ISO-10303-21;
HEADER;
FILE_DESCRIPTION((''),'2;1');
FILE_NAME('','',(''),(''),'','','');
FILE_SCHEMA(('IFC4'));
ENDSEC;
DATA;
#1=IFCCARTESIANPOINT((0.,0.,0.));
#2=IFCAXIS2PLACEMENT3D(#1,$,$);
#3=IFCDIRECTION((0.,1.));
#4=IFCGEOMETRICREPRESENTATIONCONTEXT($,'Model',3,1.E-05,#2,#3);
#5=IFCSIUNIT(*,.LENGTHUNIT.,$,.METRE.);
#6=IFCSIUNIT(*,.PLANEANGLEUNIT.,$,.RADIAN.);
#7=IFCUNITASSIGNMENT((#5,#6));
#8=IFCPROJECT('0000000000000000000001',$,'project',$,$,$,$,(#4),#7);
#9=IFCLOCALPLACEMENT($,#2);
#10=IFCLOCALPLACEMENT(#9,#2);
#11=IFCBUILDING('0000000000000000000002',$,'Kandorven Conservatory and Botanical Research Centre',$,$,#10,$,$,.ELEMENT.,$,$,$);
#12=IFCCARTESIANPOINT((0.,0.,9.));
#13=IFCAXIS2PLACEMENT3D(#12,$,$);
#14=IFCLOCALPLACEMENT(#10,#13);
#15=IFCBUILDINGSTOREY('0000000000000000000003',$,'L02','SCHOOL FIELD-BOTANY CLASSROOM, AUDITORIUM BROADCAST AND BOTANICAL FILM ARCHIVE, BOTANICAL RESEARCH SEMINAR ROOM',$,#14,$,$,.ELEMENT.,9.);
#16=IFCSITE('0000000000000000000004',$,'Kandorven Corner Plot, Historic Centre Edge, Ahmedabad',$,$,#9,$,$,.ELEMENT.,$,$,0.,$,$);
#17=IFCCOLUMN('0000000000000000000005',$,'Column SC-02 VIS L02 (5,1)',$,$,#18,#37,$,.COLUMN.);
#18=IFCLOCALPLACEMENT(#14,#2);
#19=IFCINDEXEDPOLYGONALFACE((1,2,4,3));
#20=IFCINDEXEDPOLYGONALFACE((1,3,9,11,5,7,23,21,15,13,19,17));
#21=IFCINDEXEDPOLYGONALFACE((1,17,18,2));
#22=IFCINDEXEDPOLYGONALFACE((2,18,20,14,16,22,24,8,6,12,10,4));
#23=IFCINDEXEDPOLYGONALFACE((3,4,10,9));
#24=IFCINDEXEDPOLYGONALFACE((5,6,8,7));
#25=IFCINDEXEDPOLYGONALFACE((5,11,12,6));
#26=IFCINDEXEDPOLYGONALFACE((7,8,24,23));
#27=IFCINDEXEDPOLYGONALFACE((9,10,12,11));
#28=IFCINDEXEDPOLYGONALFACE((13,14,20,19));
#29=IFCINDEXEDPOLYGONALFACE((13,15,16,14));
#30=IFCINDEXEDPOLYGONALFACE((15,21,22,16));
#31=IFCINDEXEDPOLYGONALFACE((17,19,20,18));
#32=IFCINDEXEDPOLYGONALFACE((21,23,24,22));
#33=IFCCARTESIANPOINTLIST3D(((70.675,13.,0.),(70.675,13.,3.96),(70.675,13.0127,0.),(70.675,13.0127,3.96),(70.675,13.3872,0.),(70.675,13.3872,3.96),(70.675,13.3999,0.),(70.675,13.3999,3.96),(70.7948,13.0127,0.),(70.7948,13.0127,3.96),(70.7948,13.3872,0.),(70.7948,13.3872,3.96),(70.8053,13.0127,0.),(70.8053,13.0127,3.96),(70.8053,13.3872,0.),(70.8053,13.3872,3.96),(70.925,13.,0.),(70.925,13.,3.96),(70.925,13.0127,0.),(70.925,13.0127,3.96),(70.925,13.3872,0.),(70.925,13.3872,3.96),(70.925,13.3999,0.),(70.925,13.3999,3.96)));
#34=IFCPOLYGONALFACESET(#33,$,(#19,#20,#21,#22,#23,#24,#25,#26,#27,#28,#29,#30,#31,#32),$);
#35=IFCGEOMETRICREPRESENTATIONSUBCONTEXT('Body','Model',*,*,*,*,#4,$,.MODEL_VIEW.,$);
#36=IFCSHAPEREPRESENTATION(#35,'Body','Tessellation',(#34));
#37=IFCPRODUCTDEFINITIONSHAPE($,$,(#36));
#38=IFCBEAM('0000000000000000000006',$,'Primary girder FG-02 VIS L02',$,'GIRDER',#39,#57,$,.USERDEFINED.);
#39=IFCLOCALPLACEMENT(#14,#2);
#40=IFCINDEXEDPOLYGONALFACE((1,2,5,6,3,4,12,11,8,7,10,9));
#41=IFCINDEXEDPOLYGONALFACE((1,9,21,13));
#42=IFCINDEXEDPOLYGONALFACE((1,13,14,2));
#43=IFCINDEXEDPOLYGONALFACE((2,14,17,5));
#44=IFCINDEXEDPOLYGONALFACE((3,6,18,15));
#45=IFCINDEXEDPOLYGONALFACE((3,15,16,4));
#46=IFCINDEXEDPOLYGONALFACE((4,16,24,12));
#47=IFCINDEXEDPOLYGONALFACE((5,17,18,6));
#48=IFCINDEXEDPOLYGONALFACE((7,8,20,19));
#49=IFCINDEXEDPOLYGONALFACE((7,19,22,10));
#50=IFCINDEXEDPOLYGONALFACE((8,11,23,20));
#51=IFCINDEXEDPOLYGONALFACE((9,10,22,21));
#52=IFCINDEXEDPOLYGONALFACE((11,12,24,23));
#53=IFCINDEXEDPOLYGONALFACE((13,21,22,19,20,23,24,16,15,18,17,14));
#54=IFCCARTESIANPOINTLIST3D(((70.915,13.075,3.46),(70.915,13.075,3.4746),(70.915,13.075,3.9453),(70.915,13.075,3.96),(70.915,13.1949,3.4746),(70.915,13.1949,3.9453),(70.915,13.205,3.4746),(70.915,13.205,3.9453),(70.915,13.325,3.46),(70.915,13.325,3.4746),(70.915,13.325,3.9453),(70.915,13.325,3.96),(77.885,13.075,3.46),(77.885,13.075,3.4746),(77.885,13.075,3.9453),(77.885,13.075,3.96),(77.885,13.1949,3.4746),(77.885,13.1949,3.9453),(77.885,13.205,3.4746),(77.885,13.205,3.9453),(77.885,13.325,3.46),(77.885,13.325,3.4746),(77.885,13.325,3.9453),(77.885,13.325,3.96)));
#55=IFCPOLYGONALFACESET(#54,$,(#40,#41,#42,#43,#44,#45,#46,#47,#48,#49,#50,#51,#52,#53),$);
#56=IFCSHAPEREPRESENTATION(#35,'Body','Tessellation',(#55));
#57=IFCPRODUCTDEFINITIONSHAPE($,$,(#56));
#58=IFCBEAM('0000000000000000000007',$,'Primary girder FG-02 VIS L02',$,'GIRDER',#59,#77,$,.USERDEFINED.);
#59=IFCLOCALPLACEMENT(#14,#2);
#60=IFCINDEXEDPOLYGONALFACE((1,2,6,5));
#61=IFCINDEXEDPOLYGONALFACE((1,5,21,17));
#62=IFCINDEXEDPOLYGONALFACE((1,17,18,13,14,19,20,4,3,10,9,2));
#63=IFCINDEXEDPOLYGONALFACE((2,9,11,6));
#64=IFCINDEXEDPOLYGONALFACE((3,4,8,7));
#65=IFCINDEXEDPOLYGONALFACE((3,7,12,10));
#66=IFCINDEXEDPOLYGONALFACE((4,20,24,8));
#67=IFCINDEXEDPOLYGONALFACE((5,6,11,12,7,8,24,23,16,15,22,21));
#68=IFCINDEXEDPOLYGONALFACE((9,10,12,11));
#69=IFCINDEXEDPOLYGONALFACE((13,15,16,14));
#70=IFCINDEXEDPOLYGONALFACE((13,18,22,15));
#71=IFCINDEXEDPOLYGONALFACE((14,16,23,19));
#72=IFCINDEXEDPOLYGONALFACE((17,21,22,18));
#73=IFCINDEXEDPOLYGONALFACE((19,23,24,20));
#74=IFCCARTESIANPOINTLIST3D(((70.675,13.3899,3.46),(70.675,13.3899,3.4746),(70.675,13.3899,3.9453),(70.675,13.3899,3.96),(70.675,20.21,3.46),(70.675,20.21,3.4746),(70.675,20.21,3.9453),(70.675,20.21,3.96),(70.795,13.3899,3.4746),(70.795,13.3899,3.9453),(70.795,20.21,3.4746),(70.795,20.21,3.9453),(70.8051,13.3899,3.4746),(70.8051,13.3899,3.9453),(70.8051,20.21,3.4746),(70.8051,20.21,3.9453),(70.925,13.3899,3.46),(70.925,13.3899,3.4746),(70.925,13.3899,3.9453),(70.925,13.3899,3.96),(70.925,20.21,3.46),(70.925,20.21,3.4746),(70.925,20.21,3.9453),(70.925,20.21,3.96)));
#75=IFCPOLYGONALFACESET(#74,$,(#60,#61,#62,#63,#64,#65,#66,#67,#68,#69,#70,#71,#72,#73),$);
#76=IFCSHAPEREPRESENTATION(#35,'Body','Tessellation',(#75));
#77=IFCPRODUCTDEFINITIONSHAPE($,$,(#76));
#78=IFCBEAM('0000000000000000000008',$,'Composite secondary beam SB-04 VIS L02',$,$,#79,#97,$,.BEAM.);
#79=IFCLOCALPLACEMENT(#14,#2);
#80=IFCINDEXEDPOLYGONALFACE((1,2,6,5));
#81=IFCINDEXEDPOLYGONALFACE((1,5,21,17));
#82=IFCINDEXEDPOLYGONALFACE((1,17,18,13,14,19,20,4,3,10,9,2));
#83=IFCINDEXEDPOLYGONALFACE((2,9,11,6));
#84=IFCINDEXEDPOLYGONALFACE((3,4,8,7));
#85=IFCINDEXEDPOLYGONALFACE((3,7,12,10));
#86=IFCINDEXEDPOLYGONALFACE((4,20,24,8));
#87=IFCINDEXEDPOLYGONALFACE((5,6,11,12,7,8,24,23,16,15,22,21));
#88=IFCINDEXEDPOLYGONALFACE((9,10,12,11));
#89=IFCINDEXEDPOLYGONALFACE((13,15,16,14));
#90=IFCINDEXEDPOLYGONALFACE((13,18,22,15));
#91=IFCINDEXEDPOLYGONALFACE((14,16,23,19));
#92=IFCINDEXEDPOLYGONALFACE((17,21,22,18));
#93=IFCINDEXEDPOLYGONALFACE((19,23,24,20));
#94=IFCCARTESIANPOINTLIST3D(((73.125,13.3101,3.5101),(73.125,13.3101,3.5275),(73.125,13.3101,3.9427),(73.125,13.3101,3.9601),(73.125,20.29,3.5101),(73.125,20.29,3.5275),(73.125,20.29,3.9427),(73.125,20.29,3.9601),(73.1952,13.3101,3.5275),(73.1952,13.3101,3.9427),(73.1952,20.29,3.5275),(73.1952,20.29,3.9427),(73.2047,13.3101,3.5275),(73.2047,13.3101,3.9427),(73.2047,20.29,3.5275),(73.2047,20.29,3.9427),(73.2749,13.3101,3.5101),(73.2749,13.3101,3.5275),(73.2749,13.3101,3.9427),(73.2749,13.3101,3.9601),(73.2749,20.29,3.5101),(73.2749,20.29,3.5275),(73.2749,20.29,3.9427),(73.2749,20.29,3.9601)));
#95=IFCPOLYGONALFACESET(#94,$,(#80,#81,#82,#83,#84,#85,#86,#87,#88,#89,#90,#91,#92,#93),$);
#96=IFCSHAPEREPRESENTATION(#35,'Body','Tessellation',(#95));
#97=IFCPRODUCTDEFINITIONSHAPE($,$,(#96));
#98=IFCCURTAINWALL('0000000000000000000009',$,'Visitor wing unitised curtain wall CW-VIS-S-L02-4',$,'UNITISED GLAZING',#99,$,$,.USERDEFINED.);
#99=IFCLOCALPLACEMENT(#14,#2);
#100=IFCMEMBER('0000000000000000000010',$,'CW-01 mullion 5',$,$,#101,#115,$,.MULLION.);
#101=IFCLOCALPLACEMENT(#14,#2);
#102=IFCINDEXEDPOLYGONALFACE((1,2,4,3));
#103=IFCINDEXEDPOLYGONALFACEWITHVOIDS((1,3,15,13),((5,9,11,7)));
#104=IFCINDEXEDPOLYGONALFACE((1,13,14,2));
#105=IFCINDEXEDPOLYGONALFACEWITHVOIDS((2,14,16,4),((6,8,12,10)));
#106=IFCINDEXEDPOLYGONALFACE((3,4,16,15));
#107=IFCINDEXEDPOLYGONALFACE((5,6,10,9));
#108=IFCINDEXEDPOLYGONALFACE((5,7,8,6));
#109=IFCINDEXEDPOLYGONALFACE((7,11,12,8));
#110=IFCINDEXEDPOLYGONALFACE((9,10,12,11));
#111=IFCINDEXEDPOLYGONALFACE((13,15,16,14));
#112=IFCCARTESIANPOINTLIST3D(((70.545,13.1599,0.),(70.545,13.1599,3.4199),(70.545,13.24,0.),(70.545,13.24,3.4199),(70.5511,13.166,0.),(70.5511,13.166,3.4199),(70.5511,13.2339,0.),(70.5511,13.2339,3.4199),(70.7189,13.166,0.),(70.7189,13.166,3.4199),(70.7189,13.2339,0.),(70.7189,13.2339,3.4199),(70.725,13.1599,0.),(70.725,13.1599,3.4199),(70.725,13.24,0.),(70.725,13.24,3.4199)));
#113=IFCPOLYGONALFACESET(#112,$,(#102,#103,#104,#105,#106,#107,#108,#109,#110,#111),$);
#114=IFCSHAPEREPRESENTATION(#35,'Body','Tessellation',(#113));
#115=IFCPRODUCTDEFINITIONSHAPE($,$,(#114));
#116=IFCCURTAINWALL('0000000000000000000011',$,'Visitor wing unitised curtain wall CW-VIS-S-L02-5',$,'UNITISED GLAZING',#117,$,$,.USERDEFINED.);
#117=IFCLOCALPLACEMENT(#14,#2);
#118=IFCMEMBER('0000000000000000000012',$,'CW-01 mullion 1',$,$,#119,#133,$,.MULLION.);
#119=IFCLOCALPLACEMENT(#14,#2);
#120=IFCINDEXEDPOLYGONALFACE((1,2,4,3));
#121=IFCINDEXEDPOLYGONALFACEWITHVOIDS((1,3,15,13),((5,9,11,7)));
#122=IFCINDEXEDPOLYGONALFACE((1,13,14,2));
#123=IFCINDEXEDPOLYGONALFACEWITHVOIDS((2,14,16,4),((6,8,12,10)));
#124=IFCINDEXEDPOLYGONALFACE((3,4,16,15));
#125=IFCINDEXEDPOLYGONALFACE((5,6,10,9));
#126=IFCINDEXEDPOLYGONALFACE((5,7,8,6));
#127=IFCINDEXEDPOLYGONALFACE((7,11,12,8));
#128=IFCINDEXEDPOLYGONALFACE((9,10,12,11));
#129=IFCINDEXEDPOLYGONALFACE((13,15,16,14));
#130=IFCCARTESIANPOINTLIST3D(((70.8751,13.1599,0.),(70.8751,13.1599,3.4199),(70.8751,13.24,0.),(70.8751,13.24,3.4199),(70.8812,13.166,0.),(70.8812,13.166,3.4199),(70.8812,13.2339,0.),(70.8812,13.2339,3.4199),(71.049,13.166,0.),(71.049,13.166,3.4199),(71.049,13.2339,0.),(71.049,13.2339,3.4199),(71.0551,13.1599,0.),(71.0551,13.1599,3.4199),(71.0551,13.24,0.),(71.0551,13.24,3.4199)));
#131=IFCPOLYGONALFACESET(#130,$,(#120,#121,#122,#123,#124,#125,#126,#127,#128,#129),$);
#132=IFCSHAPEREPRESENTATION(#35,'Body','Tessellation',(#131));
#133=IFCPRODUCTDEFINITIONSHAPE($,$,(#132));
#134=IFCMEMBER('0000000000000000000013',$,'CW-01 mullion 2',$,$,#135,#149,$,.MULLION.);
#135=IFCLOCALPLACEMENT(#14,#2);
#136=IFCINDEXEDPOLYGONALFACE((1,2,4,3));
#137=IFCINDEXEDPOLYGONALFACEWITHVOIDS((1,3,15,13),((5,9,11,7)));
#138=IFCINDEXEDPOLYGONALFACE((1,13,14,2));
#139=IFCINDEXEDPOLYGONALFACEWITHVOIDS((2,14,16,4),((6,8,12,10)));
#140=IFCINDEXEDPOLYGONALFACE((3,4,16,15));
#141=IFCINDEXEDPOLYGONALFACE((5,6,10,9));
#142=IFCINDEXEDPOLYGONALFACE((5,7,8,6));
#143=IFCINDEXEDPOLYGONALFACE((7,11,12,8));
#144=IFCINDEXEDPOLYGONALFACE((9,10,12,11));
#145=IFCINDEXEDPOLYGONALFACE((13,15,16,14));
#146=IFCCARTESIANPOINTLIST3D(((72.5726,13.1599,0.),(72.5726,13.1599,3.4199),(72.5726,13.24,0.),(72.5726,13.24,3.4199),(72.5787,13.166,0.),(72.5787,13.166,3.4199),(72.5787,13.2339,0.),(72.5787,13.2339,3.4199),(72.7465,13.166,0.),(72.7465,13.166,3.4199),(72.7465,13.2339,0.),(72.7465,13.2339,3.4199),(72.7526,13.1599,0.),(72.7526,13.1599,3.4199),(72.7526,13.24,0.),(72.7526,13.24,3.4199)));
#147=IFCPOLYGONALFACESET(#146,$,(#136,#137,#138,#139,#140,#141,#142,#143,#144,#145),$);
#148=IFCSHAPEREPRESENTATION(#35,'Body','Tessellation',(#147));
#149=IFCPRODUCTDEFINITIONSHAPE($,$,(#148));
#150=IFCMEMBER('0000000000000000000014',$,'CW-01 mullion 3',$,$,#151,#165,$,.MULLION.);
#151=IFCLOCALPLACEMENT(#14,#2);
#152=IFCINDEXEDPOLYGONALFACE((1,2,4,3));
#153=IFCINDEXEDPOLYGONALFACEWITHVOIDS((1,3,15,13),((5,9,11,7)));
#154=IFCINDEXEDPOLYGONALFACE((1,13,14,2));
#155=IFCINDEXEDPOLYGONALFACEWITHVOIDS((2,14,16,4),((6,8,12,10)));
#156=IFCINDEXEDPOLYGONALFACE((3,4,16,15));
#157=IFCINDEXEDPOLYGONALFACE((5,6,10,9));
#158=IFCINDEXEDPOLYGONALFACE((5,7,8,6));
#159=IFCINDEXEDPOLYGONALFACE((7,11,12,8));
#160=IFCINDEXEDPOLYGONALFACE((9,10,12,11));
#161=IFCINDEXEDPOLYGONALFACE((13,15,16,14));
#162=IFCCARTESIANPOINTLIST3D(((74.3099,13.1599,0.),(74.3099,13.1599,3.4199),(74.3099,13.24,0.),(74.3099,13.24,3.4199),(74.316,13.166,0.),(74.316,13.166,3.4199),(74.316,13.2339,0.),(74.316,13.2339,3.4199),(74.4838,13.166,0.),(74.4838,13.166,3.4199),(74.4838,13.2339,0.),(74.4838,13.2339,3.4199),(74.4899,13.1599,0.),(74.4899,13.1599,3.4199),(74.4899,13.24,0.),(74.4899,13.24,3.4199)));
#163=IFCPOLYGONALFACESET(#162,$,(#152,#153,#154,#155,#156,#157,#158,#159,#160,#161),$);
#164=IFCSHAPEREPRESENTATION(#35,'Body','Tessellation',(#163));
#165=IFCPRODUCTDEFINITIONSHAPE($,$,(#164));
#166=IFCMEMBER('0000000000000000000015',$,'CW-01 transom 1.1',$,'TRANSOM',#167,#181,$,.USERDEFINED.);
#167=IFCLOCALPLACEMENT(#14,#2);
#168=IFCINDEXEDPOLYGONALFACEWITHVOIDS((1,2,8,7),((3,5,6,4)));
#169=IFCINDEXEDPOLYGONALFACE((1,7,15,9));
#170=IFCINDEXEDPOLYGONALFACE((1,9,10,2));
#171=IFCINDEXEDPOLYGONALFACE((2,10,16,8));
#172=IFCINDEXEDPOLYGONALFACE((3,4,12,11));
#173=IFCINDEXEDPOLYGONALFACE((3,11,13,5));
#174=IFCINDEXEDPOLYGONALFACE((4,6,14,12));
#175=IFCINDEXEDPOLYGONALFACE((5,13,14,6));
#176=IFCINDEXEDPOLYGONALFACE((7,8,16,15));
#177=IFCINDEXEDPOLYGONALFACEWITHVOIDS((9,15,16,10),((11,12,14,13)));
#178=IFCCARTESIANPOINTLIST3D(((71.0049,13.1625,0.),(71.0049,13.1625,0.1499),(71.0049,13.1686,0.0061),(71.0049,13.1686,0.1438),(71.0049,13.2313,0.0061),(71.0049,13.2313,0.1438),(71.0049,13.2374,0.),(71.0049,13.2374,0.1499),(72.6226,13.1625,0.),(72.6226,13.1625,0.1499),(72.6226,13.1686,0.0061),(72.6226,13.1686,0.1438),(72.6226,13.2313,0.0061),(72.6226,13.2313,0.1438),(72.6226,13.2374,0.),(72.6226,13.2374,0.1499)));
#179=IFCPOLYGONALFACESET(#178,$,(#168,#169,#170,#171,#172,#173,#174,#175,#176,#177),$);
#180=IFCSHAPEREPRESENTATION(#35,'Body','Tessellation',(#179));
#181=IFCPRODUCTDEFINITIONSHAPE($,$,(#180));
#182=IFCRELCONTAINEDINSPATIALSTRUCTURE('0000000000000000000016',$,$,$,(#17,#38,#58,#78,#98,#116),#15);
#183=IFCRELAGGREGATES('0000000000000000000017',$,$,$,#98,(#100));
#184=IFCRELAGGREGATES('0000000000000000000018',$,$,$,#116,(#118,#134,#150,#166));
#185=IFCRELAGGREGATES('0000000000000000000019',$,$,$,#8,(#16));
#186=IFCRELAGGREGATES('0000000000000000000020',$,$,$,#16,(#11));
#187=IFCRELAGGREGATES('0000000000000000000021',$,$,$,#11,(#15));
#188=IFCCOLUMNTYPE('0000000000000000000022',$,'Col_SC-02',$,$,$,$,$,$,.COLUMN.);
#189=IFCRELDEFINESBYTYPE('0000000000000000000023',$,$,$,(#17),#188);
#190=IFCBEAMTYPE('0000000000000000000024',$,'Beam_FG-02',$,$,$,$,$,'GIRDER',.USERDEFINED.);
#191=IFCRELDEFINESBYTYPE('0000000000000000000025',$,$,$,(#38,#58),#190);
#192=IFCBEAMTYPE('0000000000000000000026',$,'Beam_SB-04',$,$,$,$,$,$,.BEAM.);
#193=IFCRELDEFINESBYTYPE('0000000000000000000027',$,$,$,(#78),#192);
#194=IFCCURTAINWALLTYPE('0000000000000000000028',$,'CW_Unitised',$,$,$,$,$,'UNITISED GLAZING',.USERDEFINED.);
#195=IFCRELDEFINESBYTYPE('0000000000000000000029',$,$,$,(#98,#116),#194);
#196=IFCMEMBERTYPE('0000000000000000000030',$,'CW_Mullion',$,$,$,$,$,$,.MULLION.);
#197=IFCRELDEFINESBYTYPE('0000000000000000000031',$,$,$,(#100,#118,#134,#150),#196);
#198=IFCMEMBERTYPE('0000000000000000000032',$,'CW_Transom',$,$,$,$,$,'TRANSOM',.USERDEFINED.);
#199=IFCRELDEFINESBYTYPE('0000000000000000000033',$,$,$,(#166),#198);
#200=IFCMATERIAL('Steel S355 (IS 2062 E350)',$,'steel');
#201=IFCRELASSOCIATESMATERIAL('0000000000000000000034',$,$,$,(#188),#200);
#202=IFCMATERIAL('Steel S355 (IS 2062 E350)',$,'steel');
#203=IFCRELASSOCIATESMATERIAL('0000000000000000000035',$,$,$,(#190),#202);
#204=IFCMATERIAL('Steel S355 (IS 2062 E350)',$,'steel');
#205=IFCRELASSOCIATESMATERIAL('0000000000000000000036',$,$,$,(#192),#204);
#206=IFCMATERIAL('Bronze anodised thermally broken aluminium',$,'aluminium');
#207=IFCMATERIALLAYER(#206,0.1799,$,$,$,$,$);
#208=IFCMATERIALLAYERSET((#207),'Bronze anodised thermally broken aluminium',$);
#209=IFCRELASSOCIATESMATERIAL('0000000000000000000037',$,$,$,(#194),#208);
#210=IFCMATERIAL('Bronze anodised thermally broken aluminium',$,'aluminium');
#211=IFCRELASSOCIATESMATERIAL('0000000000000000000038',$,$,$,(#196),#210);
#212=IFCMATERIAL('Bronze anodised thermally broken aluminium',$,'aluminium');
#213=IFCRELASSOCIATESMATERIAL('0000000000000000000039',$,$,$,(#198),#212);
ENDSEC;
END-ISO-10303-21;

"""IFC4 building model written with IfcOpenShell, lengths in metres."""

from ifc_helpers import new_model, si_unit, direction, frame, origin, origin_2d, place, context, subcontext, project, spatial, hollow_rectangle, i_section, extrude, material, layer, layer_set, material_profile, profile_set, type_object, element, aggregate, save


model = new_model("IFC4")

# Units and contexts
model_context = context("Model", 3, precision=1e-05, world=origin(), true_north=direction((0.0, 1.0)))
body_context = subcontext(model_context, "Body", "Model", "MODEL_VIEW")
ifc_project = project(units=[si_unit("LENGTHUNIT", "METRE"), si_unit("PLANEANGLEUNIT", "RADIAN")], contexts=[model_context])

# Site, building, storey
site_placement = place(None, origin())
site = spatial("IfcSite", under=ifc_project, at=site_placement, Name="Kandorven Corner Plot, Historic Centre Edge, Ahmedabad", CompositionType="ELEMENT", RefElevation=0.0)
building_placement = place(site_placement, origin())
building = spatial("IfcBuilding", under=site, at=building_placement, Name="Kandorven Conservatory and Botanical Research Centre", CompositionType="ELEMENT")
storey_placement = place(building_placement, frame((0.0, 0.0, 9.0)))
storey = spatial("IfcBuildingStorey", under=building, at=storey_placement, Name="L02", Description="SCHOOL FIELD-BOTANY CLASSROOM, AUDITORIUM BROADCAST AND BOTANICAL FILM ARCHIVE, BOTANICAL RESEARCH SEMINAR ROOM", CompositionType="ELEMENT", Elevation=9.0)

# Column
ifc_material_1 = material(Name="Steel S355 (IS 2062 E350)", Category="steel")
ifc_material_profile_1 = material_profile(ifc_material_1, i_section(OverallWidth=0.25, OverallDepth=0.3999, WebThickness=0.0105, FlangeThickness=0.0127, at=origin_2d()))
ifc_profile_set_1 = profile_set([ifc_material_profile_1], Name="Steel S355 (IS 2062 E350)")
column_type = type_object("IfcColumnType", Name="Col_SC-02", PredefinedType="COLUMN", material=ifc_profile_set_1)
column_placement = place(storey_placement, frame((70.8, 13.2, 0.0), z_axis=(0.0, 0.0, 1.0), x_axis=(1.0, 0.0, 0.0)))
element("IfcColumn", 1, at=column_placement, inside=storey, type_object=column_type, Name="Column SC-02 VIS L02 (5,1)", PredefinedType="COLUMN", context=body_context, shape_type="SweptSolid", body=[
    extrude(i_section(OverallWidth=0.25, OverallDepth=0.3999, WebThickness=0.0105, FlangeThickness=0.0127, at=origin_2d()), origin(), (0.0, 0.0, 1.0), 3.96),
])

# Beams
ifc_material_2 = material(Name="Steel S355 (IS 2062 E350)", Category="steel")
ifc_material_profile_2 = material_profile(ifc_material_2, i_section(OverallWidth=0.25, OverallDepth=0.5, WebThickness=0.01, FlangeThickness=0.0146, at=origin_2d()))
ifc_profile_set_2 = profile_set([ifc_material_profile_2], Name="Steel S355 (IS 2062 E350)")
beam_type_1 = type_object("IfcBeamType", Name="Beam_FG-02", ElementType="GIRDER", PredefinedType="USERDEFINED", material=ifc_profile_set_2)
beam_1_placement = place(storey_placement, frame((70.915, 13.2, 3.71), z_axis=(1.0, 0.0, 0.0), x_axis=(0.0, 1.0, 0.0)))
element("IfcBeam", 2, at=beam_1_placement, inside=storey, type_object=beam_type_1, Name="Primary girder FG-02 VIS L02", ObjectType="GIRDER", PredefinedType="USERDEFINED", context=body_context, shape_type="SweptSolid", body=[
    extrude(i_section(OverallWidth=0.25, OverallDepth=0.5, WebThickness=0.01, FlangeThickness=0.0146, at=origin_2d()), origin(), (0.0, 0.0, 1.0), 6.97),
])
beam_2_placement = place(storey_placement, frame((70.8, 13.3899, 3.71), z_axis=(0.0, 1.0, 0.0), x_axis=(-1.0, 0.0, 0.0)))
element("IfcBeam", 3, at=beam_2_placement, inside=storey, type_object=beam_type_1, Name="Primary girder FG-02 VIS L02", ObjectType="GIRDER", PredefinedType="USERDEFINED", context=body_context, shape_type="SweptSolid", body=[
    extrude(i_section(OverallWidth=0.25, OverallDepth=0.5, WebThickness=0.01, FlangeThickness=0.0146, at=origin_2d()), origin(), (0.0, 0.0, 1.0), 6.8201),
])
ifc_material_3 = material(Name="Steel S355 (IS 2062 E350)", Category="steel")
ifc_material_profile_3 = material_profile(ifc_material_3, i_section(OverallWidth=0.1499, OverallDepth=0.45, WebThickness=0.0095, FlangeThickness=0.0173, at=origin_2d()))
ifc_profile_set_3 = profile_set([ifc_material_profile_3], Name="Steel S355 (IS 2062 E350)")
beam_type_2 = type_object("IfcBeamType", Name="Beam_SB-04", PredefinedType="BEAM", material=ifc_profile_set_3)
beam_3_placement = place(storey_placement, frame((73.2, 13.3101, 3.7351), z_axis=(0.0, 1.0, 0.0), x_axis=(-1.0, 0.0, 0.0)))
element("IfcBeam", 4, at=beam_3_placement, inside=storey, type_object=beam_type_2, Name="Composite secondary beam SB-04 VIS L02", PredefinedType="BEAM", context=body_context, shape_type="SweptSolid", body=[
    extrude(i_section(OverallWidth=0.1499, OverallDepth=0.45, WebThickness=0.0095, FlangeThickness=0.0173, at=origin_2d()), origin(), (0.0, 0.0, 1.0), 6.98),
])

# Curtain wall, member
ifc_material_4 = material(Name="Bronze anodised thermally broken aluminium", Category="aluminium")
ifc_layer_1 = layer(ifc_material_4, 0.1799)
ifc_layer_set_1 = layer_set([ifc_layer_1], Name="Bronze anodised thermally broken aluminium")
curtain_wall_type = type_object("IfcCurtainWallType", Name="CW_Unitised", ElementType="UNITISED GLAZING", PredefinedType="USERDEFINED", material=ifc_layer_set_1)
curtain_wall_1_placement = place(storey_placement, origin())
curtain_wall_1 = element("IfcCurtainWall", 5, at=curtain_wall_1_placement, inside=storey, type_object=curtain_wall_type, Name="Visitor wing unitised curtain wall CW-VIS-S-L02-4", ObjectType="UNITISED GLAZING", PredefinedType="USERDEFINED")
ifc_material_5 = material(Name="Bronze anodised thermally broken aluminium", Category="aluminium")
ifc_material_profile_4 = material_profile(ifc_material_5, hollow_rectangle(XDim=0.0801, YDim=0.1799, WallThickness=0.0061, at=origin_2d()))
ifc_profile_set_4 = profile_set([ifc_material_profile_4], Name="Bronze anodised thermally broken aluminium")
member_type_1 = type_object("IfcMemberType", Name="CW_Mullion", PredefinedType="MULLION", material=ifc_profile_set_4)
member_1_placement = place(storey_placement, frame((70.635, 13.2, 0.0), z_axis=(0.0, 0.0, 1.0), x_axis=(0.0, 1.0, 0.0)))
member_1 = element("IfcMember", 6, at=member_1_placement, type_object=member_type_1, Name="CW-01 mullion 5", PredefinedType="MULLION", context=body_context, shape_type="SweptSolid", body=[
    extrude(hollow_rectangle(XDim=0.0801, YDim=0.1799, WallThickness=0.0061, at=origin_2d()), origin(), (0.0, 0.0, 1.0), 3.4199),
])

# Curtain wall, members
curtain_wall_2_placement = place(storey_placement, origin())
curtain_wall_2 = element("IfcCurtainWall", 7, at=curtain_wall_2_placement, inside=storey, type_object=curtain_wall_type, Name="Visitor wing unitised curtain wall CW-VIS-S-L02-5", ObjectType="UNITISED GLAZING", PredefinedType="USERDEFINED")
member_2_placement = place(storey_placement, frame((70.9651, 13.2, 0.0), z_axis=(0.0, 0.0, 1.0), x_axis=(0.0, 1.0, 0.0)))
member_2 = element("IfcMember", 8, at=member_2_placement, type_object=member_type_1, Name="CW-01 mullion 1", PredefinedType="MULLION", context=body_context, shape_type="SweptSolid", body=[
    extrude(hollow_rectangle(XDim=0.0801, YDim=0.1799, WallThickness=0.0061, at=origin_2d()), origin(), (0.0, 0.0, 1.0), 3.4199),
])
member_3_placement = place(storey_placement, frame((72.6626, 13.2, 0.0), z_axis=(0.0, 0.0, 1.0), x_axis=(0.0, 1.0, 0.0)))
member_3 = element("IfcMember", 9, at=member_3_placement, type_object=member_type_1, Name="CW-01 mullion 2", PredefinedType="MULLION", context=body_context, shape_type="SweptSolid", body=[
    extrude(hollow_rectangle(XDim=0.0801, YDim=0.1799, WallThickness=0.0061, at=origin_2d()), origin(), (0.0, 0.0, 1.0), 3.4199),
])
member_4_placement = place(storey_placement, frame((74.3999, 13.2, 0.0), z_axis=(0.0, 0.0, 1.0), x_axis=(0.0, 1.0, 0.0)))
member_4 = element("IfcMember", 10, at=member_4_placement, type_object=member_type_1, Name="CW-01 mullion 3", PredefinedType="MULLION", context=body_context, shape_type="SweptSolid", body=[
    extrude(hollow_rectangle(XDim=0.0801, YDim=0.1799, WallThickness=0.0061, at=origin_2d()), origin(), (0.0, 0.0, 1.0), 3.4199),
])
ifc_material_6 = material(Name="Bronze anodised thermally broken aluminium", Category="aluminium")
ifc_material_profile_5 = material_profile(ifc_material_6, hollow_rectangle(XDim=0.075, YDim=0.1499, WallThickness=0.0061, at=origin_2d()))
ifc_profile_set_5 = profile_set([ifc_material_profile_5], Name="Bronze anodised thermally broken aluminium")
member_type_2 = type_object("IfcMemberType", Name="CW_Transom", ElementType="TRANSOM", PredefinedType="USERDEFINED", material=ifc_profile_set_5)
member_5_placement = place(storey_placement, frame((71.0049, 13.2, 0.075), z_axis=(1.0, 0.0, 0.0), x_axis=(0.0, 1.0, 0.0)))
member_5 = element("IfcMember", 11, at=member_5_placement, type_object=member_type_2, Name="CW-01 transom 1.1", ObjectType="TRANSOM", PredefinedType="USERDEFINED", context=body_context, shape_type="SweptSolid", body=[
    extrude(hollow_rectangle(XDim=0.075, YDim=0.1499, WallThickness=0.0061, at=origin_2d()), origin(), (0.0, 0.0, 1.0), 1.6177),
])

aggregate(curtain_wall_1, [member_1])
aggregate(curtain_wall_2, [member_2, member_3, member_4, member_5])

save(model, "model.ifc")
